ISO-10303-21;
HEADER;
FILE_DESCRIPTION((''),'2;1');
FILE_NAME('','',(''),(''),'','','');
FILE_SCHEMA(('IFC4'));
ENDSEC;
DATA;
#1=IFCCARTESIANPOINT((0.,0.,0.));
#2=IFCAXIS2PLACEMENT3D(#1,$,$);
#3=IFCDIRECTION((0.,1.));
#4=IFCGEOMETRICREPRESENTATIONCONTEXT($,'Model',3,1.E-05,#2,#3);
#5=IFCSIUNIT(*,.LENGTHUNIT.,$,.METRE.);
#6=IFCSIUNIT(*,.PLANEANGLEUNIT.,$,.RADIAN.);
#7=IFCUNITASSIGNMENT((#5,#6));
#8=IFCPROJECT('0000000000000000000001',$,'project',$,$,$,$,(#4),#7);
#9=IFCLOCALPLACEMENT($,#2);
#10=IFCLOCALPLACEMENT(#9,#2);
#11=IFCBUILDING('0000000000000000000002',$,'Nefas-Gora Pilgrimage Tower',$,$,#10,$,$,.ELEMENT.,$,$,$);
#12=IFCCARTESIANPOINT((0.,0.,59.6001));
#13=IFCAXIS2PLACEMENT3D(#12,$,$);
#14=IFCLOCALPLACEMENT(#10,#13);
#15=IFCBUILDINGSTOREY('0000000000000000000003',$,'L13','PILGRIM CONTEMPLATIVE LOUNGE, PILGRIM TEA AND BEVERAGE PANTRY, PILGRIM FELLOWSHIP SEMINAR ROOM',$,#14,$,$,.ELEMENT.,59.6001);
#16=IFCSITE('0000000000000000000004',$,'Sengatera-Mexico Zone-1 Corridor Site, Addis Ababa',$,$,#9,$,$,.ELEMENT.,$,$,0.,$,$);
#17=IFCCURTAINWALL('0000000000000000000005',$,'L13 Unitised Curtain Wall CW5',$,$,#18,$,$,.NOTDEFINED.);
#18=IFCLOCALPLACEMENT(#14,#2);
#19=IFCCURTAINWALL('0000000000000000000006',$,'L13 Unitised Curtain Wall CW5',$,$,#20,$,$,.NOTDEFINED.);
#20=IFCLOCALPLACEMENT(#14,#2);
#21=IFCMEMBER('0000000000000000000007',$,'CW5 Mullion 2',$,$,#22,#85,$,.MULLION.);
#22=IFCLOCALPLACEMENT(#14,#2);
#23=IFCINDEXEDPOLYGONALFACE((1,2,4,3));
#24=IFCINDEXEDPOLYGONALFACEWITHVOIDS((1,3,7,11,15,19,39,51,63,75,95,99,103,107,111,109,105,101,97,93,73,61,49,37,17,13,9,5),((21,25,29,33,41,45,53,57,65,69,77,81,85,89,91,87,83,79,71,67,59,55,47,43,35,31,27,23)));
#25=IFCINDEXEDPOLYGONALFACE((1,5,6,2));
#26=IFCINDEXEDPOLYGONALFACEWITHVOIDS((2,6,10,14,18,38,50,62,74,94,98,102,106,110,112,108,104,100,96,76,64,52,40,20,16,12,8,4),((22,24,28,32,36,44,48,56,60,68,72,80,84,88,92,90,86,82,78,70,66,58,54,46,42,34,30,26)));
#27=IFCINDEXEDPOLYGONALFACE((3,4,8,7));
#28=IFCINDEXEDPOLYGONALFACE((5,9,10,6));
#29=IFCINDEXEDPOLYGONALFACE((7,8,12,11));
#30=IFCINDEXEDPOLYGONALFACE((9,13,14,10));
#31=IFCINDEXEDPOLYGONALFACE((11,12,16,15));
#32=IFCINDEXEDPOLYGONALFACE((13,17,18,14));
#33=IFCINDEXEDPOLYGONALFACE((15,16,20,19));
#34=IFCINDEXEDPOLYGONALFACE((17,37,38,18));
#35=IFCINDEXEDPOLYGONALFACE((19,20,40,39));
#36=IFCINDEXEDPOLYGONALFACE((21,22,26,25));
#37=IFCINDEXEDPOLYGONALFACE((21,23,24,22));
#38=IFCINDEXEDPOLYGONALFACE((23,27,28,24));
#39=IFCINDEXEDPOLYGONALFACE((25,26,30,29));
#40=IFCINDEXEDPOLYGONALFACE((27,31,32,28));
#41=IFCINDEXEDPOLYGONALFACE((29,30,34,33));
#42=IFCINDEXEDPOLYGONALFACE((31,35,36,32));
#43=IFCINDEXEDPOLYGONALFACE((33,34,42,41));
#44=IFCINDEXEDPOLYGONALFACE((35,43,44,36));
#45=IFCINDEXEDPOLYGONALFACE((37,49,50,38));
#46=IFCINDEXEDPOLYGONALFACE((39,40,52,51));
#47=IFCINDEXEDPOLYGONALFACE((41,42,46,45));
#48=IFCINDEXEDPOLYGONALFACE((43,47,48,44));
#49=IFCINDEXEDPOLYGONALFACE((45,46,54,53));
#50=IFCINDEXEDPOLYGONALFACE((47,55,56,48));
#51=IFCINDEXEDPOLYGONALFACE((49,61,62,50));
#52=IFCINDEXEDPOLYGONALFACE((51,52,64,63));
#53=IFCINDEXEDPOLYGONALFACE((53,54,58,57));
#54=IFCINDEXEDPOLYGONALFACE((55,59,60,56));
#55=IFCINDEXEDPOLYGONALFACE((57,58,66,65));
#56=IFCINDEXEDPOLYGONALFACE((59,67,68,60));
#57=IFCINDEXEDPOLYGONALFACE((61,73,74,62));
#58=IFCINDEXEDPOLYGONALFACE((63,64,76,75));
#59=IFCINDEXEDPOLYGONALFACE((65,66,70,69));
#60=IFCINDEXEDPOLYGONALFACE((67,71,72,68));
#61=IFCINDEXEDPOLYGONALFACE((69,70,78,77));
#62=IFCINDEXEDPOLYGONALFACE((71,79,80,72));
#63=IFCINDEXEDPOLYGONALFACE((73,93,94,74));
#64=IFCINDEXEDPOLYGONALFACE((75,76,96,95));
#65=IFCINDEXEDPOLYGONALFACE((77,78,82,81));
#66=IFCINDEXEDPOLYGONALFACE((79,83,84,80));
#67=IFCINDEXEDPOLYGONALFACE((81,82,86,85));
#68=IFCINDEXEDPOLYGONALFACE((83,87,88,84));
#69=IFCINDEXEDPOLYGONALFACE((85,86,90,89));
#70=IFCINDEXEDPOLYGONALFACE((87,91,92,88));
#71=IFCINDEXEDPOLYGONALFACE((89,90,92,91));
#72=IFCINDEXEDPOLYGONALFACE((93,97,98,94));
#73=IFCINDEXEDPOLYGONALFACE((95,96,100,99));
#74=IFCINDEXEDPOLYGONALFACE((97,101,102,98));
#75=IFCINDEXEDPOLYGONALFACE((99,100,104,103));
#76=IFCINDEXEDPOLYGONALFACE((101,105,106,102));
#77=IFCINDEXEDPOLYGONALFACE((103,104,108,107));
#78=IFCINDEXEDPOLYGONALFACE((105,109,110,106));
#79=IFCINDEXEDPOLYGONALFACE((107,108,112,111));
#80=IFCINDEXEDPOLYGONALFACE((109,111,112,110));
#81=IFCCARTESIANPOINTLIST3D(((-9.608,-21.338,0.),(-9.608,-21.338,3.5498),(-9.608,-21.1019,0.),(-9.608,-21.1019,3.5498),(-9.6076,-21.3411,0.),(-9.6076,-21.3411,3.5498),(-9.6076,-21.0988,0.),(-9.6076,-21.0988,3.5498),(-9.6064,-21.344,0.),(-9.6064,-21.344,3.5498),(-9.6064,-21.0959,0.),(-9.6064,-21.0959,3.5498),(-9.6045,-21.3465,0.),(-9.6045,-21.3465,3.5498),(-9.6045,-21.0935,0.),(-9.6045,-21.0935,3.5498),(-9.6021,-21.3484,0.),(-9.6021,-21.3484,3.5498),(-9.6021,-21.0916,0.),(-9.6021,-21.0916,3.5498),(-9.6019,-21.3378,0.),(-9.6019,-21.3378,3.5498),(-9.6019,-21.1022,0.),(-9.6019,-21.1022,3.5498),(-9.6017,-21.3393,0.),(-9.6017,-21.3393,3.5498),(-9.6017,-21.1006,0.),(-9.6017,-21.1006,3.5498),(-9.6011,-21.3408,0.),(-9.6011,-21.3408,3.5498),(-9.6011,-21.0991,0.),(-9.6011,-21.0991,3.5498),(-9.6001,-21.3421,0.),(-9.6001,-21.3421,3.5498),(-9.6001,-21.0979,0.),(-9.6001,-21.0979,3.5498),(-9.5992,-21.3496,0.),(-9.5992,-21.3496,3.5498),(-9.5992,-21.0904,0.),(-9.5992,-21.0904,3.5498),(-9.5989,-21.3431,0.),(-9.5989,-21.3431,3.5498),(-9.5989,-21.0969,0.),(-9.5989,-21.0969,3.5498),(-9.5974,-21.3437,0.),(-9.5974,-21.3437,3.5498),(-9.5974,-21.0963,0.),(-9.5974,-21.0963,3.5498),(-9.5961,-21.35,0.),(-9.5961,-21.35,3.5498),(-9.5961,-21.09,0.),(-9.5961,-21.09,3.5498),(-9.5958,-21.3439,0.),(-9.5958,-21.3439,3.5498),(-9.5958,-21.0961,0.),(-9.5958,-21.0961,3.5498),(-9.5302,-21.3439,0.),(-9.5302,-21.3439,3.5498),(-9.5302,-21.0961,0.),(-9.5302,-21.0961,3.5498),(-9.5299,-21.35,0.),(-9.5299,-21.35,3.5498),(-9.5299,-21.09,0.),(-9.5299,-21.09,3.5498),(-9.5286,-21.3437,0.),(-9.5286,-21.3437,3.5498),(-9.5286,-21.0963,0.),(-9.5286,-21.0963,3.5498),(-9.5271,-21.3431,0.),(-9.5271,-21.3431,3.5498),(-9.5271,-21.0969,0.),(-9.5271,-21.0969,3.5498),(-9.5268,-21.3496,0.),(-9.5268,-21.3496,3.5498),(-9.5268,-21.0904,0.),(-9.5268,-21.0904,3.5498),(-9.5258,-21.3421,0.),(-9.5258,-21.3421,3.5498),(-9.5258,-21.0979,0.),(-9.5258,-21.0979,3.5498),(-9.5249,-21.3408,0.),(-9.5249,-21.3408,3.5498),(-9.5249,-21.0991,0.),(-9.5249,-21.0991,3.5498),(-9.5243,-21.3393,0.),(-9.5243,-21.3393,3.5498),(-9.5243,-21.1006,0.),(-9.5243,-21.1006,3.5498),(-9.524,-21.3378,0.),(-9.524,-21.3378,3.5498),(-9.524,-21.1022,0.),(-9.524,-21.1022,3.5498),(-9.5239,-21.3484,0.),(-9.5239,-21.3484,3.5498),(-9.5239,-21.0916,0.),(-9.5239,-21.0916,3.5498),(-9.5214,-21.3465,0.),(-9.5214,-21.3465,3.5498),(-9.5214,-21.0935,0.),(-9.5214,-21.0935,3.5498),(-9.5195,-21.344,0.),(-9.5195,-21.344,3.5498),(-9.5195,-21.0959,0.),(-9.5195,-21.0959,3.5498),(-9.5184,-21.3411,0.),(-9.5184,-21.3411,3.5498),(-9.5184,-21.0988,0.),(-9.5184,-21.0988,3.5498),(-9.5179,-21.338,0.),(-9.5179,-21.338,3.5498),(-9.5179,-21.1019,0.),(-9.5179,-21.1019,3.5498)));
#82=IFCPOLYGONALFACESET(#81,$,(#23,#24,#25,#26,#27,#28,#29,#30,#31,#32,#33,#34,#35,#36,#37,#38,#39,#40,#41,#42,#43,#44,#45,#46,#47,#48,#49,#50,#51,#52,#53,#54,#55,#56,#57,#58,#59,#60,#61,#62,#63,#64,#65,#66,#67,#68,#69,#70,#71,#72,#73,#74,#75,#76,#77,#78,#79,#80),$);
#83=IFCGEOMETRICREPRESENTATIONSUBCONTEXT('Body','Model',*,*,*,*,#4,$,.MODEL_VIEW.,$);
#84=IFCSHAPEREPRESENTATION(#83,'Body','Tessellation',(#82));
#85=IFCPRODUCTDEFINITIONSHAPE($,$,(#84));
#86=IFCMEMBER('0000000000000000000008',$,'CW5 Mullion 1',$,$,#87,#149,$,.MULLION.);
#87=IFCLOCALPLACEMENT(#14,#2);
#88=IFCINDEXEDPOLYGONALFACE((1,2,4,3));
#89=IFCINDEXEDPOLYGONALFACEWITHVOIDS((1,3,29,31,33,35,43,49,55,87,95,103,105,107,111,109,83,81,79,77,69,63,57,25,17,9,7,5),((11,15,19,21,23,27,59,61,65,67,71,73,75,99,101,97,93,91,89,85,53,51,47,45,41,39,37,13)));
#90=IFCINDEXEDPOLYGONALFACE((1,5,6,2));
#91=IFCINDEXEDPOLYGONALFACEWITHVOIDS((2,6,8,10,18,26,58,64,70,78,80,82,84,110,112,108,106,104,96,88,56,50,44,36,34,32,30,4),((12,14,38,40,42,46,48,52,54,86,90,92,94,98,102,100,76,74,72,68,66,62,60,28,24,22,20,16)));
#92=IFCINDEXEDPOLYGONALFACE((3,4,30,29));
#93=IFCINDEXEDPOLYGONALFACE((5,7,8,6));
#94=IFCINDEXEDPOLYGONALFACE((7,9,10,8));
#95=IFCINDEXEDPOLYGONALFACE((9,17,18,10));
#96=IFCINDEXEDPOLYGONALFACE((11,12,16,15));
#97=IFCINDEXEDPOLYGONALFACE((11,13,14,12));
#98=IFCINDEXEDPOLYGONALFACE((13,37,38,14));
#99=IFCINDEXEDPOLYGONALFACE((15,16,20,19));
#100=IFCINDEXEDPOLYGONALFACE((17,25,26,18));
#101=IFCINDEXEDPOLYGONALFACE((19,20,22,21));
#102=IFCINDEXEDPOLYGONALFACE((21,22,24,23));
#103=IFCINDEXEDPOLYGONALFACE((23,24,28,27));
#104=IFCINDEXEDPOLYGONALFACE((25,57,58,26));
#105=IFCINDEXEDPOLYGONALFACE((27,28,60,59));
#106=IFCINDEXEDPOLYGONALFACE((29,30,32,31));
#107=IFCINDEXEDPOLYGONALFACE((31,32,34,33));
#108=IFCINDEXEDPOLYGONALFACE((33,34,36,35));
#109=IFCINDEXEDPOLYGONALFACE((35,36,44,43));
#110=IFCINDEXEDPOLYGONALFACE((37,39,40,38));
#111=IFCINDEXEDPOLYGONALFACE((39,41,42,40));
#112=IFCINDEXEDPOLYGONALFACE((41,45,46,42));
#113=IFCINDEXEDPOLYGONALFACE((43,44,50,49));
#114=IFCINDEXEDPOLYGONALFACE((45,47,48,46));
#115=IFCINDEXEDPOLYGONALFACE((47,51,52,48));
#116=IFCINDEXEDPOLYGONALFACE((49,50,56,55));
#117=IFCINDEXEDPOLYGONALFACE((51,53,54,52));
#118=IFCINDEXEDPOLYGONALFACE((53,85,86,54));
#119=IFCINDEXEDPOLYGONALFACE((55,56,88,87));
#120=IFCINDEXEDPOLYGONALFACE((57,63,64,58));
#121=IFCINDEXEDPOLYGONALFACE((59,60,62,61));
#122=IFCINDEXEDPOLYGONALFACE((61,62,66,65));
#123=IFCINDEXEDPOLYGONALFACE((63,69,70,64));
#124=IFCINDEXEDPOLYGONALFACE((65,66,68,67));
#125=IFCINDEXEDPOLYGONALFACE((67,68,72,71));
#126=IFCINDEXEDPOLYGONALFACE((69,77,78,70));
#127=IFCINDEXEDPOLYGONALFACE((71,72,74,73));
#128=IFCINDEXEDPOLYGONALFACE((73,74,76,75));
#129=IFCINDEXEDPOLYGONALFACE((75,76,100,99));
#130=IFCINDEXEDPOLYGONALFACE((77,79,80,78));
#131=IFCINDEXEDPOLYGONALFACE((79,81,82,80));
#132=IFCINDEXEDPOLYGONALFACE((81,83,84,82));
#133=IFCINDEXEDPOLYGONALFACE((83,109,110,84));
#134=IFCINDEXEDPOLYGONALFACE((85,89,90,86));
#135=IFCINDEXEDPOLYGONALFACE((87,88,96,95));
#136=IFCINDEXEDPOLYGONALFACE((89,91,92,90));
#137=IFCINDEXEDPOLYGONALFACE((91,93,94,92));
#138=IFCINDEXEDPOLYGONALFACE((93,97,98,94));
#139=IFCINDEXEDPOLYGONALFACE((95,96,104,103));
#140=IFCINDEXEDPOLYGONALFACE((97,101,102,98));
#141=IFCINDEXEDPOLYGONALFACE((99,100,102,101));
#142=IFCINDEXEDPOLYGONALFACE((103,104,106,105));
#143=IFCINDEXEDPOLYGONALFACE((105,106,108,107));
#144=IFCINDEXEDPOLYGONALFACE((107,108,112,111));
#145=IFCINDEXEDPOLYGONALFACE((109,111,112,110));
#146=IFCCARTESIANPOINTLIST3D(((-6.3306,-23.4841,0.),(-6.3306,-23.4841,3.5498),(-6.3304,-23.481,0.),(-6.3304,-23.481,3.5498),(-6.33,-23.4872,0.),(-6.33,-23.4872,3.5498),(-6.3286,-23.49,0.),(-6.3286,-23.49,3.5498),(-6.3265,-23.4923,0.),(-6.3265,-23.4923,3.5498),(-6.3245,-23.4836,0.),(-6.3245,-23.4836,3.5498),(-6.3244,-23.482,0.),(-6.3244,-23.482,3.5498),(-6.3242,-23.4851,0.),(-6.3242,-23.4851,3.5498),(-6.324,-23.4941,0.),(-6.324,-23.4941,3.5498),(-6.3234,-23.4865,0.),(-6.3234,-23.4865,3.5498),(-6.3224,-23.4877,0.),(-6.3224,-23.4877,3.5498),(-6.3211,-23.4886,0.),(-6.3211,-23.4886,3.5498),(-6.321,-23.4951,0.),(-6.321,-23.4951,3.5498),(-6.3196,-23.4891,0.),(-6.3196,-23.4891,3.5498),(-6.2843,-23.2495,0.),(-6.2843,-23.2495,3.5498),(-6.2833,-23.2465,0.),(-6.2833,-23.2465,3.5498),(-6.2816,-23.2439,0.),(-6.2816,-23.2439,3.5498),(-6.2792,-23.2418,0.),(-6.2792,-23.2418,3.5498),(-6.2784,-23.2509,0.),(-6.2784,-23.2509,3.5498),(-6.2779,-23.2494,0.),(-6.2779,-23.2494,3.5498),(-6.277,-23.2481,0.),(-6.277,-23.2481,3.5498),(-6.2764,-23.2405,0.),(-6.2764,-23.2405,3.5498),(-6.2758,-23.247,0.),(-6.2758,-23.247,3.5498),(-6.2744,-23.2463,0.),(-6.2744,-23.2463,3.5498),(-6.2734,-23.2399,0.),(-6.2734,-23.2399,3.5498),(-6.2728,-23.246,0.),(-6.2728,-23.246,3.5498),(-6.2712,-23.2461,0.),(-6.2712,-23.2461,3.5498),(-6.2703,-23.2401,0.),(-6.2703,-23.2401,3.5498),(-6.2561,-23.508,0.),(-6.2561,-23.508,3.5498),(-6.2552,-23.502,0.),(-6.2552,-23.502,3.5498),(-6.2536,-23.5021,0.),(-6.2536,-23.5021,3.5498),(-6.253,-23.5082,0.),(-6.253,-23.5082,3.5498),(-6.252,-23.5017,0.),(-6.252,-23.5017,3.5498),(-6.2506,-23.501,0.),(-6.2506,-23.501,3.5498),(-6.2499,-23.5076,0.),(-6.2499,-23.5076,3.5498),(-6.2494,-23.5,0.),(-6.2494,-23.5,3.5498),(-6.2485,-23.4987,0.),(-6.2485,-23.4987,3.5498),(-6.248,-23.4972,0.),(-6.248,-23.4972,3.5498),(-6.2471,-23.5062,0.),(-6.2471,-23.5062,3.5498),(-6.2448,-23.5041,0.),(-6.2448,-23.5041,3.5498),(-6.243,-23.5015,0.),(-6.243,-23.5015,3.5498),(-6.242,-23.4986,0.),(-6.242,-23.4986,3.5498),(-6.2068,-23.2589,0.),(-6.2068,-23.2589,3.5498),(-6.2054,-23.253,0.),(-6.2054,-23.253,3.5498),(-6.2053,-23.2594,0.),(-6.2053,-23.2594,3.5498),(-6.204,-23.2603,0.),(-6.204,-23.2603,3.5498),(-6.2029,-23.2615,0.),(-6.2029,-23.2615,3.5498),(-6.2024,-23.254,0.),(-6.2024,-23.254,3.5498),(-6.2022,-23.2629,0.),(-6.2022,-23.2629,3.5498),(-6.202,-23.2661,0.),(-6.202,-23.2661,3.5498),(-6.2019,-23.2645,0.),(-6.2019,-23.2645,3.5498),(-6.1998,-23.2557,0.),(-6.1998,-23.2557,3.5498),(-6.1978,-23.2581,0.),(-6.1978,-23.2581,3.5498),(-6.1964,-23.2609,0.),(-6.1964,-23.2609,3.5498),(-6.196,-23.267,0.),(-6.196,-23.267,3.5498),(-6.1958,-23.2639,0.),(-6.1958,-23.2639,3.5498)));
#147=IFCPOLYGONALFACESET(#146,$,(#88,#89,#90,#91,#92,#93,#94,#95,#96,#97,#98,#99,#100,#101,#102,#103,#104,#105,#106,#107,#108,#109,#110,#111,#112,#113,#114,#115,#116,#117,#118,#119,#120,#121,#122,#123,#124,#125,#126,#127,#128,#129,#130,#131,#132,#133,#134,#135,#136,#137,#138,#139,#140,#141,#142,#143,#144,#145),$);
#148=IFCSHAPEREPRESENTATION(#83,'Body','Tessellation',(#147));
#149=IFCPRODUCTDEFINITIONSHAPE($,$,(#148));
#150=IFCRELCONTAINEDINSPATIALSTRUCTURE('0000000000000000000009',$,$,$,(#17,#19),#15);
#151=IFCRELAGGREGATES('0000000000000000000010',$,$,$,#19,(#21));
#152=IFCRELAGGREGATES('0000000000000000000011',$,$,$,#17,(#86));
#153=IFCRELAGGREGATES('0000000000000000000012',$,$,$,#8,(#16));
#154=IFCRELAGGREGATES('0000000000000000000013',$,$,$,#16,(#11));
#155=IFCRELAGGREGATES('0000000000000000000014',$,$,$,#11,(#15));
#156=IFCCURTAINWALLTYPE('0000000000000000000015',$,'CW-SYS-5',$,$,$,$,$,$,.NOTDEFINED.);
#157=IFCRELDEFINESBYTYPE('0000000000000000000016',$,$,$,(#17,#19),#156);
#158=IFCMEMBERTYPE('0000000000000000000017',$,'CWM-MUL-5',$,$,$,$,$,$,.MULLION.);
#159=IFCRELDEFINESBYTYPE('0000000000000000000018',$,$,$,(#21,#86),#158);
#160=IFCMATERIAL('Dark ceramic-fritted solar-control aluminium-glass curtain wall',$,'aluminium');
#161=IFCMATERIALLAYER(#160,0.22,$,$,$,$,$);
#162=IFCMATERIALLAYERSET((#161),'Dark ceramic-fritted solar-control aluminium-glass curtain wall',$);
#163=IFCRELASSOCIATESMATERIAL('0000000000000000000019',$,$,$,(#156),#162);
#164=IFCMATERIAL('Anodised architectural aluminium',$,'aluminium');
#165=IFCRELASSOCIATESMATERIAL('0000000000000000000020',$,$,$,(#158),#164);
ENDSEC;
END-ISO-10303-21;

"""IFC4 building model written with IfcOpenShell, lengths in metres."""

from ifc_helpers import new_model, si_unit, direction, frame, origin, origin_2d, place, context, subcontext, project, spatial, hollow_rectangle, extrude, source, transform, mapped, material, layer, layer_set, material_profile, profile_set, type_object, element, aggregate, save


model = new_model("IFC4")

# Units and contexts
model_context = context("Model", 3, precision=1e-05, world=origin(), true_north=direction((0.0, 1.0)))
body_context = subcontext(model_context, "Body", "Model", "MODEL_VIEW")
ifc_project = project(units=[si_unit("LENGTHUNIT", "METRE"), si_unit("PLANEANGLEUNIT", "RADIAN")], contexts=[model_context])

# Site, building, storey
site_placement = place(None, origin())
site = spatial("IfcSite", under=ifc_project, at=site_placement, Name="Sengatera-Mexico Zone-1 Corridor Site, Addis Ababa", CompositionType="ELEMENT", RefElevation=0.0)
building_placement = place(site_placement, origin())
building = spatial("IfcBuilding", under=site, at=building_placement, Name="Nefas-Gora Pilgrimage Tower", CompositionType="ELEMENT")
storey_placement = place(building_placement, frame((0.0, 0.0, 59.6001)))
storey = spatial("IfcBuildingStorey", under=building, at=storey_placement, Name="L13", Description="PILGRIM CONTEMPLATIVE LOUNGE, PILGRIM TEA AND BEVERAGE PANTRY, PILGRIM FELLOWSHIP SEMINAR ROOM", CompositionType="ELEMENT", Elevation=59.6001)

# Curtain walls, member
ifc_material_1 = material(Name="Dark ceramic-fritted solar-control aluminium-glass curtain wall", Category="aluminium")
ifc_layer_1 = layer(ifc_material_1, 0.22)
ifc_layer_set_1 = layer_set([ifc_layer_1], Name="Dark ceramic-fritted solar-control aluminium-glass curtain wall")
curtain_wall_type = type_object("IfcCurtainWallType", Name="CW-SYS-5", PredefinedType="NOTDEFINED", material=ifc_layer_set_1)
curtain_wall_1_placement = place(storey_placement, origin())
curtain_wall_1 = element("IfcCurtainWall", 1, at=curtain_wall_1_placement, inside=storey, type_object=curtain_wall_type, Name="L13 Unitised Curtain Wall CW5", PredefinedType="NOTDEFINED")
ifc_material_2 = material(Name="Anodised architectural aluminium", Category="aluminium")
curtain_wall_2_placement = place(storey_placement, origin())
curtain_wall_2 = element("IfcCurtainWall", 2, at=curtain_wall_2_placement, inside=storey, type_object=curtain_wall_type, Name="L13 Unitised Curtain Wall CW5", PredefinedType="NOTDEFINED")
ifc_material_profile_1 = material_profile(ifc_material_2, hollow_rectangle(XDim=0.0901, YDim=0.26, WallThickness=0.0061, InnerFilletRadius=0.0061, OuterFilletRadius=0.012, at=origin_2d()), Name="ALU MULLION 90x260")
ifc_profile_set_1 = profile_set([ifc_material_profile_1], Name="Anodised architectural aluminium")
member_type_1 = type_object("IfcMemberType", Name="CWM-MUL-5", PredefinedType="MULLION", material=ifc_profile_set_1)
shared_shape_1 = source(origin(), body_context, "Body", "SweptSolid", [
    extrude(hollow_rectangle(XDim=0.0901, YDim=0.26, WallThickness=0.0061, InnerFilletRadius=0.0061, OuterFilletRadius=0.012, at=origin_2d()), origin(), (0.0, 0.0, 1.0), 3.5498),
])
member_1_placement = place(storey_placement, frame((-9.563, -21.22, 0.0), z_axis=(0.0, 0.0, 1.0), x_axis=(1.0, 0.0, 0.0)))
member_1 = element("IfcMember", 3, at=member_1_placement, type_object=member_type_1, Name="CW5 Mullion 2", PredefinedType="MULLION", context=body_context, shape_type="MappedRepresentation", body=[
    mapped(shared_shape_1, transform((0.0, 0.0, 0.0), x_axis=(1.0, 0.0, 0.0), y_axis=(0.0, 1.0, 0.0), z_axis=(0.0, 0.0, 1.0), scale=1.0)),
])
aggregate(curtain_wall_2, [member_1])

# Member
member_2_placement = place(storey_placement, frame((-6.2632, -23.374, 0.0), z_axis=(0.0, 0.0, 1.0), x_axis=(0.980783, -0.195102, 0.0)))
member_2 = element("IfcMember", 4, at=member_2_placement, type_object=member_type_1, Name="CW5 Mullion 1", PredefinedType="MULLION", context=body_context, shape_type="MappedRepresentation", body=[
    mapped(shared_shape_1, transform((0.0, 0.0, 0.0), x_axis=(1.0, 0.0, 0.0), y_axis=(0.0, 1.0, 0.0), z_axis=(0.0, 0.0, 1.0), scale=1.0)),
])

aggregate(curtain_wall_1, [member_2])

save(model, "model.ifc")
